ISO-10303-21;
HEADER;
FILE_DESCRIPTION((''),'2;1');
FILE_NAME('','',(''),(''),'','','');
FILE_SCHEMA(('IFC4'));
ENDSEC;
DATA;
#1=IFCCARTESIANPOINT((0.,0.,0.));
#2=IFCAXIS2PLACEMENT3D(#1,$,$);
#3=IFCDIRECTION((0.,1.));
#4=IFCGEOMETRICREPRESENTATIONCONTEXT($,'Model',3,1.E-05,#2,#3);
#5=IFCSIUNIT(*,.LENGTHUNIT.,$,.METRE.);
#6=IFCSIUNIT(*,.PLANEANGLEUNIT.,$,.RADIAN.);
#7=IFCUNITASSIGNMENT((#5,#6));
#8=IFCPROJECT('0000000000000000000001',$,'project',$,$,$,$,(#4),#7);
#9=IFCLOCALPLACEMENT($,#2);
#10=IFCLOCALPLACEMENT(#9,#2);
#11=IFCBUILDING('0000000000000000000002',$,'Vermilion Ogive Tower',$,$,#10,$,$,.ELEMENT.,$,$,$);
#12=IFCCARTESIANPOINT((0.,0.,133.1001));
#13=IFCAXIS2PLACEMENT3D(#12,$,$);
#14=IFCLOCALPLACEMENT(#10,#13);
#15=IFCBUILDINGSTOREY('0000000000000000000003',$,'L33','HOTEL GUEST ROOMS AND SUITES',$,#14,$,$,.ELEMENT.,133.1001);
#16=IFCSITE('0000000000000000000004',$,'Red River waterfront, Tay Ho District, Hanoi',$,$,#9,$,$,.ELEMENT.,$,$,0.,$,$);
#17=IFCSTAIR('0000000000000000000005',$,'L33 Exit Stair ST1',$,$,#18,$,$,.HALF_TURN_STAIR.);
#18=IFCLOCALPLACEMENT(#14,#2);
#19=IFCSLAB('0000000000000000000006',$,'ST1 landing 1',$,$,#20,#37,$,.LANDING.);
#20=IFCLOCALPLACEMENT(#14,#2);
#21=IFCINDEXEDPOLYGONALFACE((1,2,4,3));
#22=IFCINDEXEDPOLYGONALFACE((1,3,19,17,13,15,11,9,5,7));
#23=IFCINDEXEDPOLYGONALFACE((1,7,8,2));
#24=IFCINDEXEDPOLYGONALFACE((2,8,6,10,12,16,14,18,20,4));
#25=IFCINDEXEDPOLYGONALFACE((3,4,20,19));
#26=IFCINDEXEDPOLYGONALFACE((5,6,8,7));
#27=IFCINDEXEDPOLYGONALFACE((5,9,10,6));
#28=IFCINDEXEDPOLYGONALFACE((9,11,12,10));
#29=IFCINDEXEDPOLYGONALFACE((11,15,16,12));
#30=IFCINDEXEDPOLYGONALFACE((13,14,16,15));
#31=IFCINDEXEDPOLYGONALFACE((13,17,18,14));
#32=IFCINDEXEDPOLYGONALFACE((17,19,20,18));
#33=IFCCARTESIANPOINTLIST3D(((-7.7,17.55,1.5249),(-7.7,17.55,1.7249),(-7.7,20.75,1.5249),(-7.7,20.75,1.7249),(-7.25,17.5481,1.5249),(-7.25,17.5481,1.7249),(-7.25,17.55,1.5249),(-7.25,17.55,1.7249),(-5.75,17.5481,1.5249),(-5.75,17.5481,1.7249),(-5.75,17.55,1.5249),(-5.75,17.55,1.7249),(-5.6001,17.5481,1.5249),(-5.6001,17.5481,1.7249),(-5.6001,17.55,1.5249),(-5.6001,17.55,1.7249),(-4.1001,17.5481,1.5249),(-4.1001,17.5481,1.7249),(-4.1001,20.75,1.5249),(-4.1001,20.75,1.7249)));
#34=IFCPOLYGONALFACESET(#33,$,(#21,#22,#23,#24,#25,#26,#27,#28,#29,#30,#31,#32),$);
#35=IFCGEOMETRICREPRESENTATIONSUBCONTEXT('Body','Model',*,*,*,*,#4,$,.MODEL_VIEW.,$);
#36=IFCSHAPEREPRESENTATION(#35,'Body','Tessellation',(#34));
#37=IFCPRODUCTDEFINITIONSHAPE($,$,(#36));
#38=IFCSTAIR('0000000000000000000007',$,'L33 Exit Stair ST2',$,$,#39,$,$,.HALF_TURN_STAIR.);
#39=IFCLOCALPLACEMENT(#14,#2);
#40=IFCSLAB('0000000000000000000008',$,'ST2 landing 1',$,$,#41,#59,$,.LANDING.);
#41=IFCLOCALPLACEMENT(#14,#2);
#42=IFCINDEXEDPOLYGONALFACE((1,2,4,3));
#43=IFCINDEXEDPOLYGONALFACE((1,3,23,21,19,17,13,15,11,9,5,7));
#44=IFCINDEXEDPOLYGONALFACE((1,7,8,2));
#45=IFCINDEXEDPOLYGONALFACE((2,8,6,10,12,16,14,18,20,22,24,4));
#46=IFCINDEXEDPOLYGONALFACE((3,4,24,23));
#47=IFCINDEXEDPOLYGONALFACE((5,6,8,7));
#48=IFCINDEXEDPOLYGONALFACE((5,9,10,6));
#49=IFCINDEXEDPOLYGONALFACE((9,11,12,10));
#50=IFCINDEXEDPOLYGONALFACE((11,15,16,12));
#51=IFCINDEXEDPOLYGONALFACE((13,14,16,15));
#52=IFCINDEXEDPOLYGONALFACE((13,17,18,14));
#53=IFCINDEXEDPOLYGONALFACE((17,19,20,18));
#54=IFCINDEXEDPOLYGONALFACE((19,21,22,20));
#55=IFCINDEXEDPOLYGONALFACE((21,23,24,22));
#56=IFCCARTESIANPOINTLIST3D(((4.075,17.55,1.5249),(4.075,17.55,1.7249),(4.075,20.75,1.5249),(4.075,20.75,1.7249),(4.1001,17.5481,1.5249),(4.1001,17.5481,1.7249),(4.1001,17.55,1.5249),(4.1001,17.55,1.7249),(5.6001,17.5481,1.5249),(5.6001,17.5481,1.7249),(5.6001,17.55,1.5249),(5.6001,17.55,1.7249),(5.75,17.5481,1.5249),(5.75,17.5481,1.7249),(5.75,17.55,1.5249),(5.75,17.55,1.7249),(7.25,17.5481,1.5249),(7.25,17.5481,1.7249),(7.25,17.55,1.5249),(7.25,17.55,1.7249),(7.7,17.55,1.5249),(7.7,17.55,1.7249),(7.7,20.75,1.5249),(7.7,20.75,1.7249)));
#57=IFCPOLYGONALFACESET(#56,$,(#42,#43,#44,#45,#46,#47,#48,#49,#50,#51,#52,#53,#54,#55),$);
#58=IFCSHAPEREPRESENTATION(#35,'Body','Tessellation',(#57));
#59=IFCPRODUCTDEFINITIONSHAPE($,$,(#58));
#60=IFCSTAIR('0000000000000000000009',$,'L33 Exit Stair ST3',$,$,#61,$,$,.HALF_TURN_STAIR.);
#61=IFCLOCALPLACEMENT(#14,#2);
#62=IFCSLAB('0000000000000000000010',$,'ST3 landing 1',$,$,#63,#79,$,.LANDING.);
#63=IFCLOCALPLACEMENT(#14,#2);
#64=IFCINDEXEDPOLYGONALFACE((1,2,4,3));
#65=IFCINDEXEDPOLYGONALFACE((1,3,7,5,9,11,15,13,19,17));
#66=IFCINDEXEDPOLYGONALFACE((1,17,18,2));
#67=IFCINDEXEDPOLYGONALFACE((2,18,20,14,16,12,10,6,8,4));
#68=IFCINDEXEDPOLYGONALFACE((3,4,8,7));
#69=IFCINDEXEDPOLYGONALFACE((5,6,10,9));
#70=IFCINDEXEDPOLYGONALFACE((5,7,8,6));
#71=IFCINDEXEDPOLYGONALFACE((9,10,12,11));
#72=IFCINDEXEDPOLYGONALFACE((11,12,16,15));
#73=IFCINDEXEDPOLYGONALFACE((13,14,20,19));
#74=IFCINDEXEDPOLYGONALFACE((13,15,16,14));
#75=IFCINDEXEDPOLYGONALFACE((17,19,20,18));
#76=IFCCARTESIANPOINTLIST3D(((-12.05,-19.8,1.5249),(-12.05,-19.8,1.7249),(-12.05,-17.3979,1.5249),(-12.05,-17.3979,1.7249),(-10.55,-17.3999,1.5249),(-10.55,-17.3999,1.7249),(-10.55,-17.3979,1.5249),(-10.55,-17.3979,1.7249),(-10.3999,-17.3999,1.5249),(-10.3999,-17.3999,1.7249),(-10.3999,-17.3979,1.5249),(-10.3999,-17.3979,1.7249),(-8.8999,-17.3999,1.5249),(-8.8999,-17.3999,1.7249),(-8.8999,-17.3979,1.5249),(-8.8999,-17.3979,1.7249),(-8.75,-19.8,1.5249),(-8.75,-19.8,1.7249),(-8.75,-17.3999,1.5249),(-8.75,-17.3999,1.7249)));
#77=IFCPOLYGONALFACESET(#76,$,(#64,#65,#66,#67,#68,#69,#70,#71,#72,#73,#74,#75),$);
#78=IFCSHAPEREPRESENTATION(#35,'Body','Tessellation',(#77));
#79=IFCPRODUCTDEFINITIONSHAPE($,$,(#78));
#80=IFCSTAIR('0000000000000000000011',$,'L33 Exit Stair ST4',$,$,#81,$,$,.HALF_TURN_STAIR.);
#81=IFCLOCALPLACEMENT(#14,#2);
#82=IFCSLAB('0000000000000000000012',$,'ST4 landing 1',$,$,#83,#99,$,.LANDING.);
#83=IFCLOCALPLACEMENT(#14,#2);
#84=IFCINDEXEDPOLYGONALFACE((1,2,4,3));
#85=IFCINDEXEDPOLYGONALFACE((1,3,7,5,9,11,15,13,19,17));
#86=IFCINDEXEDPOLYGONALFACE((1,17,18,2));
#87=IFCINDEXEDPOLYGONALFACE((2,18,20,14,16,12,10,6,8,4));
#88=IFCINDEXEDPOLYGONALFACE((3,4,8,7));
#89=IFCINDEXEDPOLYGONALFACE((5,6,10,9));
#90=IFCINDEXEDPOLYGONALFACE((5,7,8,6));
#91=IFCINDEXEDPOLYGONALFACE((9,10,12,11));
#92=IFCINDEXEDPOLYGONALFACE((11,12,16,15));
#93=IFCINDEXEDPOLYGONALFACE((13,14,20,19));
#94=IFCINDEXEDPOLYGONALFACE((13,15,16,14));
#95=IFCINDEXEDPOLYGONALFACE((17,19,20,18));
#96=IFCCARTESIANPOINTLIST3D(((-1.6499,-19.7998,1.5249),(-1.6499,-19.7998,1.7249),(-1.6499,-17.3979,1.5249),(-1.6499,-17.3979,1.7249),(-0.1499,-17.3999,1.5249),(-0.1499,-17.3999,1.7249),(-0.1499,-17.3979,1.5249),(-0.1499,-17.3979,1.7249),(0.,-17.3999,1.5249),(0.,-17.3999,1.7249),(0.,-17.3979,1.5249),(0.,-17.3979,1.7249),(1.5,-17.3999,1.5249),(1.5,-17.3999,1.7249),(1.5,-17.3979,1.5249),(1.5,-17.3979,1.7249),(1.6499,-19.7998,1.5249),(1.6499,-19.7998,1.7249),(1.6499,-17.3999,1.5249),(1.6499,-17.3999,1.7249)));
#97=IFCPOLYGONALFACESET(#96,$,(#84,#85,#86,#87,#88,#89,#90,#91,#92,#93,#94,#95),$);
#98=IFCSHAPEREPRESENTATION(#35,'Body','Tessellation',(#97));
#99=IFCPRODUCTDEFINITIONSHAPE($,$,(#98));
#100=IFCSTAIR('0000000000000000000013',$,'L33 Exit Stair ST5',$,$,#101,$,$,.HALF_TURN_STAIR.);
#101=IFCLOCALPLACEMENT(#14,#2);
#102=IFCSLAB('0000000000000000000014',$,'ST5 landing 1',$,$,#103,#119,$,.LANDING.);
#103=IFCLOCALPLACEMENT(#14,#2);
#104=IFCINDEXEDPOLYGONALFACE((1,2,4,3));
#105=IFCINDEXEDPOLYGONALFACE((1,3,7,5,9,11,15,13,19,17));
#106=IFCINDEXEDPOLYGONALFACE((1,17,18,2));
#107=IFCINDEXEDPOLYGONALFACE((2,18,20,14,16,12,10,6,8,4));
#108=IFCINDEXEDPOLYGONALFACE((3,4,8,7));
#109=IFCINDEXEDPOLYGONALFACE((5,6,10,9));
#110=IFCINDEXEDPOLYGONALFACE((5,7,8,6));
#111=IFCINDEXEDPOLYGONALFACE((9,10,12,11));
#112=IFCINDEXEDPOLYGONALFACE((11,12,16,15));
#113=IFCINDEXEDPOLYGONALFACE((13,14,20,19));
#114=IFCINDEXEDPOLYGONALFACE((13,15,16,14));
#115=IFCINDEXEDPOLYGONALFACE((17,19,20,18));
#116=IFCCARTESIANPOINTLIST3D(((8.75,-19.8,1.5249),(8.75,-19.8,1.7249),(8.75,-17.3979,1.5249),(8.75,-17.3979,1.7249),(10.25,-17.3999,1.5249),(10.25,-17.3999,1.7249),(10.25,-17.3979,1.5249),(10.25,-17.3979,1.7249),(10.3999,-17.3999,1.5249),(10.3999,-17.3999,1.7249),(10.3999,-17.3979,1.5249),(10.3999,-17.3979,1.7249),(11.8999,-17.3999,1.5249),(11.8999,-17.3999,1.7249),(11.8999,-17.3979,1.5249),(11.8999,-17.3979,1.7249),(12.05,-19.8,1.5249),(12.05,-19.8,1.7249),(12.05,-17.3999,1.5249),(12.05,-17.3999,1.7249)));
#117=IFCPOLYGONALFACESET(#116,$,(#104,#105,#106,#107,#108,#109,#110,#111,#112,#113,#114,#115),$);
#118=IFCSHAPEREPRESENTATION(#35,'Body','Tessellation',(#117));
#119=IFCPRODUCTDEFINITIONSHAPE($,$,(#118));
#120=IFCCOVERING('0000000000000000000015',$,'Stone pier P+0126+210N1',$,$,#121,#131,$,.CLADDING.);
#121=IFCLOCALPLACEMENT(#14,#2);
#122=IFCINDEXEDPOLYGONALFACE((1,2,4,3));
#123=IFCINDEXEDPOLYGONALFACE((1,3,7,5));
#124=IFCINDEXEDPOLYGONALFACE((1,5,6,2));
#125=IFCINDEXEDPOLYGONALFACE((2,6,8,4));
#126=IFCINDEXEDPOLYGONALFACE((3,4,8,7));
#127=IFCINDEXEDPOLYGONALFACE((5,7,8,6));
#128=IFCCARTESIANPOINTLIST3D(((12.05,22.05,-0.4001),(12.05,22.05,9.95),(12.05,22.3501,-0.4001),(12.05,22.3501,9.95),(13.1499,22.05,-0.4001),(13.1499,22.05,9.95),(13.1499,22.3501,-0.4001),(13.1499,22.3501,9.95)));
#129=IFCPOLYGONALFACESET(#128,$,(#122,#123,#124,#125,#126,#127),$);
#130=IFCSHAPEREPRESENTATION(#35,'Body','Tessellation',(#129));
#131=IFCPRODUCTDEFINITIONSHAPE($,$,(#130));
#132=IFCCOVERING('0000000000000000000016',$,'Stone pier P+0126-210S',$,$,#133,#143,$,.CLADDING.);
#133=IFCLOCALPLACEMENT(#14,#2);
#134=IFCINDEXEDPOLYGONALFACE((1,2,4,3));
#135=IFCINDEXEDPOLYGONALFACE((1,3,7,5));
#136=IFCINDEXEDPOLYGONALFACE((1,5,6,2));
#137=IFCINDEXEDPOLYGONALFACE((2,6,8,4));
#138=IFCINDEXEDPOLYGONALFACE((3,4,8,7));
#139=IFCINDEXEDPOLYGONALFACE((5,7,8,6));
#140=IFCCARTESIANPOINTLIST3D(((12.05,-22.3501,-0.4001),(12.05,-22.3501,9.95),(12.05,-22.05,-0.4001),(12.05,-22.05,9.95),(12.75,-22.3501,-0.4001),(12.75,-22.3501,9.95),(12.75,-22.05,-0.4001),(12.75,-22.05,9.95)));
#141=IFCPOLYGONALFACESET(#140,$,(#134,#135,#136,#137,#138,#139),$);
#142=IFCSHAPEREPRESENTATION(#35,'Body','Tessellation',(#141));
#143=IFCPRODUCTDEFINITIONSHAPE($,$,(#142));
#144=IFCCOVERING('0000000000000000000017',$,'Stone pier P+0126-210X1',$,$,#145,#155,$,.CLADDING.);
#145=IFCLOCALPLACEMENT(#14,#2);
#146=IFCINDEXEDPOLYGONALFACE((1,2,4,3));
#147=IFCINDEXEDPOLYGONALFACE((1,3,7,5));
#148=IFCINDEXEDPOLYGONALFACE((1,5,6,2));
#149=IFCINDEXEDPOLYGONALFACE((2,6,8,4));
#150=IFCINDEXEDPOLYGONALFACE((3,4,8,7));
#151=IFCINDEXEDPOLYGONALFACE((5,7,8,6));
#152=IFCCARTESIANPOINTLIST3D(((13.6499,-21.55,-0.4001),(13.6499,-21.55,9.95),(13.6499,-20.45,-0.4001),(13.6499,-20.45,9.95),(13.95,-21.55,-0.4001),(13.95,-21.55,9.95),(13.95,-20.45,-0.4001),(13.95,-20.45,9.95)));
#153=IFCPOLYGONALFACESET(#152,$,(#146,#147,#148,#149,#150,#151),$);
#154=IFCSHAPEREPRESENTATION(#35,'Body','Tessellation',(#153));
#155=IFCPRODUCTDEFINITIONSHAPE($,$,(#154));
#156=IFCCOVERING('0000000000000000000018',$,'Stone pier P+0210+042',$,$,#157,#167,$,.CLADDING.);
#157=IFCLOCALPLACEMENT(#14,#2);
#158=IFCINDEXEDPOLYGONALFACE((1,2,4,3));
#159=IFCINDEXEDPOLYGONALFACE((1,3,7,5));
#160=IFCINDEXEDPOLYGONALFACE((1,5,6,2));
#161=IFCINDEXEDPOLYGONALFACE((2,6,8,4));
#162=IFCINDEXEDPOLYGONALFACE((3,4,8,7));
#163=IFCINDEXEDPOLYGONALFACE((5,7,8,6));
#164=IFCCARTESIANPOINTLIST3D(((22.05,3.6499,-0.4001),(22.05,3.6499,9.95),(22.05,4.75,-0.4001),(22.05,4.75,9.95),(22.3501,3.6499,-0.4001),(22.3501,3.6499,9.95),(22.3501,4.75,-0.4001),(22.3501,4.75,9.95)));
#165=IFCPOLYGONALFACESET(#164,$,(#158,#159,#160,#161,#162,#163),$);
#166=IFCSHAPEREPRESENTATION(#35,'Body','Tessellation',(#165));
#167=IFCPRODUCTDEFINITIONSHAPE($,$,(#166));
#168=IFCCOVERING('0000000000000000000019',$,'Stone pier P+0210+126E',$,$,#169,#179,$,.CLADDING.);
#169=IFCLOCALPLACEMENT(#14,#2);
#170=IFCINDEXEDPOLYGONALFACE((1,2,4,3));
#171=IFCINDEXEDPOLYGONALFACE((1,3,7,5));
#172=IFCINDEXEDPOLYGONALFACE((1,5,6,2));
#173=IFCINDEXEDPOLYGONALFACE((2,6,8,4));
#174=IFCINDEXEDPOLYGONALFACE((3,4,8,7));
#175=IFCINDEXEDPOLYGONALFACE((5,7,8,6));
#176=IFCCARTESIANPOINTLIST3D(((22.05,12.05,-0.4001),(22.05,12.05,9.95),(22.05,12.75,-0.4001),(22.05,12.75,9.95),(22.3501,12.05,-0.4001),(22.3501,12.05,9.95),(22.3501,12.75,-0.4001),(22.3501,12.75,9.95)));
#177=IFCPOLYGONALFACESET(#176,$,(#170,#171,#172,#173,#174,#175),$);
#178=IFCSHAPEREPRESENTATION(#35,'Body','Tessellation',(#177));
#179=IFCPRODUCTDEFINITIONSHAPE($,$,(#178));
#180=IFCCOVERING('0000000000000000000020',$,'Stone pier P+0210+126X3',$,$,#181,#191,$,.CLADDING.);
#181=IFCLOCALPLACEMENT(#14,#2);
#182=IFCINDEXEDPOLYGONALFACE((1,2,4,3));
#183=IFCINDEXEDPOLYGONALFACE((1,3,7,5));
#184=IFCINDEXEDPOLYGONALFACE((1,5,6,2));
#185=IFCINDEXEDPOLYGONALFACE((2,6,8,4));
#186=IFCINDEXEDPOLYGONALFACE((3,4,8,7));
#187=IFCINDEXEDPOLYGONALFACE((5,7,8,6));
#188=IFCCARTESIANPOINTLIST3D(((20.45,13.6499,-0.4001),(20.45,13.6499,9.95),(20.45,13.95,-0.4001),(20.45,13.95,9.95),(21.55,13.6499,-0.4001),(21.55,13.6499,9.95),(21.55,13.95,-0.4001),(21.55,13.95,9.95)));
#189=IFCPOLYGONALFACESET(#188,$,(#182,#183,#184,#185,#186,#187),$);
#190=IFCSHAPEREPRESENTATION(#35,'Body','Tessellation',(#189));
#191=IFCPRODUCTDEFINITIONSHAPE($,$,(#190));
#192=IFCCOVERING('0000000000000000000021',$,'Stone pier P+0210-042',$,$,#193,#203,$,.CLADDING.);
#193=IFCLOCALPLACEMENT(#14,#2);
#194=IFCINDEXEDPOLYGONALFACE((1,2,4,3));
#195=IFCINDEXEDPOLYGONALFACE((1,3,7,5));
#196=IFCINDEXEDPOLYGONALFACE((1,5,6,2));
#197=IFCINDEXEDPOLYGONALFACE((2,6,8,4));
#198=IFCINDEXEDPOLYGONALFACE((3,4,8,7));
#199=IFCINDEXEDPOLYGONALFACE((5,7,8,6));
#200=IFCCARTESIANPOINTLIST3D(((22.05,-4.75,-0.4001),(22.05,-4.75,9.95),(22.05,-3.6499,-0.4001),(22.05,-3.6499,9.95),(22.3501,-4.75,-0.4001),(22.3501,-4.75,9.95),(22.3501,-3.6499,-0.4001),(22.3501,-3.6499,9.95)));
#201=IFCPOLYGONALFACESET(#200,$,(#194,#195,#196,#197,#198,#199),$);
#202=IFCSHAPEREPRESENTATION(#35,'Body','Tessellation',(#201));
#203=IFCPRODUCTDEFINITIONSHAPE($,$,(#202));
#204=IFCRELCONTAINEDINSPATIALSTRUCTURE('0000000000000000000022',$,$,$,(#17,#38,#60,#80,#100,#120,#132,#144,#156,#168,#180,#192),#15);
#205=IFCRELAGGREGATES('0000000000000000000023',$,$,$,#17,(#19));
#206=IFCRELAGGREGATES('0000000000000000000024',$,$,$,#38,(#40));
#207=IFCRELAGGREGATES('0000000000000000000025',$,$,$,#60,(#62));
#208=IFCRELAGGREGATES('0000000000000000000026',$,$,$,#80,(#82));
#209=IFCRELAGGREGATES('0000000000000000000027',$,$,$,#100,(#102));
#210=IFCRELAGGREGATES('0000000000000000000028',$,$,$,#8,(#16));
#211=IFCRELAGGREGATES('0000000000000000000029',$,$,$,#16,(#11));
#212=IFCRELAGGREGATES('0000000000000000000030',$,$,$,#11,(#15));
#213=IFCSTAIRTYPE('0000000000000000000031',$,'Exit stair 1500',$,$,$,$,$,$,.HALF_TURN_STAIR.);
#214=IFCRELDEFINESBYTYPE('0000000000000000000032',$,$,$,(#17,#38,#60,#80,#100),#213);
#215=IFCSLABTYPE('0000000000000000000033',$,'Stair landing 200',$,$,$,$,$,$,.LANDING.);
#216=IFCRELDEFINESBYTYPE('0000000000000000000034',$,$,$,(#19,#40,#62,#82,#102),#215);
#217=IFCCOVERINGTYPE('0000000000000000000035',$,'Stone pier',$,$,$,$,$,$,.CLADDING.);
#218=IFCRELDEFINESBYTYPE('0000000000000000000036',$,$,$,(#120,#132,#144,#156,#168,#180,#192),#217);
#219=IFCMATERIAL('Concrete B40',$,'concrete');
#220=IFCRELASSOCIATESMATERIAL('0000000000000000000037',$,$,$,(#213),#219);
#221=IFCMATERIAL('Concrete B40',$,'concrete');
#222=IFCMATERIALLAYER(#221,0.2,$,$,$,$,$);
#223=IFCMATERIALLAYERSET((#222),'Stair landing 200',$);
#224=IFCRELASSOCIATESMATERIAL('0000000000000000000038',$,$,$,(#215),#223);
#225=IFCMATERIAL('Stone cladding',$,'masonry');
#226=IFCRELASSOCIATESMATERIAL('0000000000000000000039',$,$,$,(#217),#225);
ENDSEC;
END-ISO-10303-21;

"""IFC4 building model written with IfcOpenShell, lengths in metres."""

from ifc_helpers import new_model, si_unit, direction, frame, origin, place, context, subcontext, project, spatial, polyline, outline, extrude, material, layer, layer_set, type_object, element, aggregate, save


model = new_model("IFC4")

# Units and contexts
model_context = context("Model", 3, precision=1e-05, world=origin(), true_north=direction((0.0, 1.0)))
body_context = subcontext(model_context, "Body", "Model", "MODEL_VIEW")
ifc_project = project(units=[si_unit("LENGTHUNIT", "METRE"), si_unit("PLANEANGLEUNIT", "RADIAN")], contexts=[model_context])

# Site, building, storey
site_placement = place(None, origin())
site = spatial("IfcSite", under=ifc_project, at=site_placement, Name="Red River waterfront, Tay Ho District, Hanoi", CompositionType="ELEMENT", RefElevation=0.0)
building_placement = place(site_placement, origin())
building = spatial("IfcBuilding", under=site, at=building_placement, Name="Vermilion Ogive Tower", CompositionType="ELEMENT")
storey_placement = place(building_placement, frame((0.0, 0.0, 133.1001)))
storey = spatial("IfcBuildingStorey", under=building, at=storey_placement, Name="L33", Description="HOTEL GUEST ROOMS AND SUITES", CompositionType="ELEMENT", Elevation=133.1001)

# Stairs, slabs
ifc_material_1 = material(Name="Concrete B40", Category="concrete")
stair_type = type_object("IfcStairType", Name="Exit stair 1500", PredefinedType="HALF_TURN_STAIR", material=ifc_material_1)
stair_1_placement = place(storey_placement, origin())
stair_1 = element("IfcStair", 1, at=stair_1_placement, inside=storey, type_object=stair_type, Name="L33 Exit Stair ST1", PredefinedType="HALF_TURN_STAIR")
ifc_material_2 = material(Name="Concrete B40", Category="concrete")
ifc_layer = layer(ifc_material_2, 0.2)
ifc_layer_set = layer_set([ifc_layer], Name="Stair landing 200")
slab_type = type_object("IfcSlabType", Name="Stair landing 200", PredefinedType="LANDING", material=ifc_layer_set)
slab_1_placement = place(storey_placement, frame((0.0, 0.0, 1.5249)))
slab_1 = element("IfcSlab", 2, at=slab_1_placement, type_object=slab_type, Name="ST1 landing 1", PredefinedType="LANDING", context=body_context, shape_type="SweptSolid", body=[
    extrude(outline(polyline([(-7.7, 17.55), (-7.25, 17.55), (-7.25, 17.5481), (-5.75, 17.5481), (-5.75, 17.55), (-5.6001, 17.55), (-5.6001, 17.5481), (-4.1001, 17.5481), (-4.1001, 20.75), (-7.7, 20.75), (-7.7, 17.55)])), origin(), (0.0, 0.0, 1.0), 0.2),
])
aggregate(stair_1, [slab_1])
stair_2_placement = place(storey_placement, origin())
stair_2 = element("IfcStair", 3, at=stair_2_placement, inside=storey, type_object=stair_type, Name="L33 Exit Stair ST2", PredefinedType="HALF_TURN_STAIR")
slab_2_placement = place(storey_placement, frame((0.0, 0.0, 1.5249)))
slab_2 = element("IfcSlab", 4, at=slab_2_placement, type_object=slab_type, Name="ST2 landing 1", PredefinedType="LANDING", context=body_context, shape_type="SweptSolid", body=[
    extrude(outline(polyline([(5.6001, 17.55), (5.75, 17.55), (5.75, 17.5481), (7.25, 17.5481), (7.25, 17.55), (7.7, 17.55), (7.7, 20.75), (4.075, 20.75), (4.075, 17.55), (4.1001, 17.55), (4.1001, 17.5481), (5.6001, 17.5481), (5.6001, 17.55)])), origin(), (0.0, 0.0, 1.0), 0.2),
])
aggregate(stair_2, [slab_2])
stair_3_placement = place(storey_placement, origin())
stair_3 = element("IfcStair", 5, at=stair_3_placement, inside=storey, type_object=stair_type, Name="L33 Exit Stair ST3", PredefinedType="HALF_TURN_STAIR")
slab_3_placement = place(storey_placement, frame((0.0, 0.0, 1.5249)))
slab_3 = element("IfcSlab", 6, at=slab_3_placement, type_object=slab_type, Name="ST3 landing 1", PredefinedType="LANDING", context=body_context, shape_type="SweptSolid", body=[
    extrude(outline(polyline([(-8.75, -17.3999), (-8.8999, -17.3999), (-8.8999, -17.3979), (-10.3999, -17.3979), (-10.3999, -17.3999), (-10.55, -17.3999), (-10.55, -17.3979), (-12.05, -17.3979), (-12.05, -19.8), (-8.75, -19.8), (-8.75, -17.3999)])), origin(), (0.0, 0.0, 1.0), 0.2),
])
aggregate(stair_3, [slab_3])
stair_4_placement = place(storey_placement, origin())
stair_4 = element("IfcStair", 7, at=stair_4_placement, inside=storey, type_object=stair_type, Name="L33 Exit Stair ST4", PredefinedType="HALF_TURN_STAIR")
slab_4_placement = place(storey_placement, frame((0.0, 0.0, 1.5249)))
slab_4 = element("IfcSlab", 8, at=slab_4_placement, type_object=slab_type, Name="ST4 landing 1", PredefinedType="LANDING", context=body_context, shape_type="SweptSolid", body=[
    extrude(outline(polyline([(1.6499, -17.3999), (1.5, -17.3999), (1.5, -17.3979), (0.0, -17.3979), (0.0, -17.3999), (-0.1499, -17.3999), (-0.1499, -17.3979), (-1.6499, -17.3979), (-1.6499, -19.7998), (1.6499, -19.7998), (1.6499, -17.3999)])), origin(), (0.0, 0.0, 1.0), 0.2),
])
aggregate(stair_4, [slab_4])
stair_5_placement = place(storey_placement, origin())
stair_5 = element("IfcStair", 9, at=stair_5_placement, inside=storey, type_object=stair_type, Name="L33 Exit Stair ST5", PredefinedType="HALF_TURN_STAIR")
slab_5_placement = place(storey_placement, frame((0.0, 0.0, 1.5249)))
slab_5 = element("IfcSlab", 10, at=slab_5_placement, type_object=slab_type, Name="ST5 landing 1", PredefinedType="LANDING", context=body_context, shape_type="SweptSolid", body=[
    extrude(outline(polyline([(12.05, -17.3999), (11.8999, -17.3999), (11.8999, -17.3979), (10.3999, -17.3979), (10.3999, -17.3999), (10.25, -17.3999), (10.25, -17.3979), (8.75, -17.3979), (8.75, -19.8), (12.05, -19.8), (12.05, -17.3999)])), origin(), (0.0, 0.0, 1.0), 0.2),
])
aggregate(stair_5, [slab_5])

# Coverings
ifc_material_3 = material(Name="Stone cladding", Category="masonry")
covering_type = type_object("IfcCoveringType", Name="Stone pier", PredefinedType="CLADDING", material=ifc_material_3)
covering_1_placement = place(storey_placement, frame((0.0, 0.0, -0.4001)))
element("IfcCovering", 11, at=covering_1_placement, inside=storey, type_object=covering_type, Name="Stone pier P+0126+210N1", PredefinedType="CLADDING", context=body_context, shape_type="SweptSolid", body=[
    extrude(outline(polyline([(13.1499, 22.3501), (13.1499, 22.05), (12.05, 22.05), (12.05, 22.3501), (13.1499, 22.3501)])), origin(), (0.0, 0.0, 1.0), 10.3501),
])
covering_2_placement = place(storey_placement, frame((0.0, 0.0, -0.4001)))
element("IfcCovering", 12, at=covering_2_placement, inside=storey, type_object=covering_type, Name="Stone pier P+0126-210S", PredefinedType="CLADDING", context=body_context, shape_type="SweptSolid", body=[
    extrude(outline(polyline([(12.05, -22.3501), (12.05, -22.05), (12.75, -22.05), (12.75, -22.3501), (12.05, -22.3501)])), origin(), (0.0, 0.0, 1.0), 10.3501),
])
covering_3_placement = place(storey_placement, frame((0.0, 0.0, -0.4001)))
element("IfcCovering", 13, at=covering_3_placement, inside=storey, type_object=covering_type, Name="Stone pier P+0126-210X1", PredefinedType="CLADDING", context=body_context, shape_type="SweptSolid", body=[
    extrude(outline(polyline([(13.95, -21.55), (13.6499, -21.55), (13.6499, -20.45), (13.95, -20.45), (13.95, -21.55)])), origin(), (0.0, 0.0, 1.0), 10.3501),
])
covering_4_placement = place(storey_placement, frame((0.0, 0.0, -0.4001)))
element("IfcCovering", 14, at=covering_4_placement, inside=storey, type_object=covering_type, Name="Stone pier P+0210+042", PredefinedType="CLADDING", context=body_context, shape_type="SweptSolid", body=[
    extrude(outline(polyline([(22.3501, 4.75), (22.3501, 3.6499), (22.05, 3.6499), (22.05, 4.75), (22.3501, 4.75)])), origin(), (0.0, 0.0, 1.0), 10.3501),
])
covering_5_placement = place(storey_placement, frame((0.0, 0.0, -0.4001)))
element("IfcCovering", 15, at=covering_5_placement, inside=storey, type_object=covering_type, Name="Stone pier P+0210+126E", PredefinedType="CLADDING", context=body_context, shape_type="SweptSolid", body=[
    extrude(outline(polyline([(22.3501, 12.05), (22.05, 12.05), (22.05, 12.75), (22.3501, 12.75), (22.3501, 12.05)])), origin(), (0.0, 0.0, 1.0), 10.3501),
])
covering_6_placement = place(storey_placement, frame((0.0, 0.0, -0.4001)))
element("IfcCovering", 16, at=covering_6_placement, inside=storey, type_object=covering_type, Name="Stone pier P+0210+126X3", PredefinedType="CLADDING", context=body_context, shape_type="SweptSolid", body=[
    extrude(outline(polyline([(21.55, 13.95), (21.55, 13.6499), (20.45, 13.6499), (20.45, 13.95), (21.55, 13.95)])), origin(), (0.0, 0.0, 1.0), 10.3501),
])
covering_7_placement = place(storey_placement, frame((0.0, 0.0, -0.4001)))
element("IfcCovering", 17, at=covering_7_placement, inside=storey, type_object=covering_type, Name="Stone pier P+0210-042", PredefinedType="CLADDING", context=body_context, shape_type="SweptSolid", body=[
    extrude(outline(polyline([(22.3501, -3.6499), (22.3501, -4.75), (22.05, -4.75), (22.05, -3.6499), (22.3501, -3.6499)])), origin(), (0.0, 0.0, 1.0), 10.3501),
])

save(model, "model.ifc")
